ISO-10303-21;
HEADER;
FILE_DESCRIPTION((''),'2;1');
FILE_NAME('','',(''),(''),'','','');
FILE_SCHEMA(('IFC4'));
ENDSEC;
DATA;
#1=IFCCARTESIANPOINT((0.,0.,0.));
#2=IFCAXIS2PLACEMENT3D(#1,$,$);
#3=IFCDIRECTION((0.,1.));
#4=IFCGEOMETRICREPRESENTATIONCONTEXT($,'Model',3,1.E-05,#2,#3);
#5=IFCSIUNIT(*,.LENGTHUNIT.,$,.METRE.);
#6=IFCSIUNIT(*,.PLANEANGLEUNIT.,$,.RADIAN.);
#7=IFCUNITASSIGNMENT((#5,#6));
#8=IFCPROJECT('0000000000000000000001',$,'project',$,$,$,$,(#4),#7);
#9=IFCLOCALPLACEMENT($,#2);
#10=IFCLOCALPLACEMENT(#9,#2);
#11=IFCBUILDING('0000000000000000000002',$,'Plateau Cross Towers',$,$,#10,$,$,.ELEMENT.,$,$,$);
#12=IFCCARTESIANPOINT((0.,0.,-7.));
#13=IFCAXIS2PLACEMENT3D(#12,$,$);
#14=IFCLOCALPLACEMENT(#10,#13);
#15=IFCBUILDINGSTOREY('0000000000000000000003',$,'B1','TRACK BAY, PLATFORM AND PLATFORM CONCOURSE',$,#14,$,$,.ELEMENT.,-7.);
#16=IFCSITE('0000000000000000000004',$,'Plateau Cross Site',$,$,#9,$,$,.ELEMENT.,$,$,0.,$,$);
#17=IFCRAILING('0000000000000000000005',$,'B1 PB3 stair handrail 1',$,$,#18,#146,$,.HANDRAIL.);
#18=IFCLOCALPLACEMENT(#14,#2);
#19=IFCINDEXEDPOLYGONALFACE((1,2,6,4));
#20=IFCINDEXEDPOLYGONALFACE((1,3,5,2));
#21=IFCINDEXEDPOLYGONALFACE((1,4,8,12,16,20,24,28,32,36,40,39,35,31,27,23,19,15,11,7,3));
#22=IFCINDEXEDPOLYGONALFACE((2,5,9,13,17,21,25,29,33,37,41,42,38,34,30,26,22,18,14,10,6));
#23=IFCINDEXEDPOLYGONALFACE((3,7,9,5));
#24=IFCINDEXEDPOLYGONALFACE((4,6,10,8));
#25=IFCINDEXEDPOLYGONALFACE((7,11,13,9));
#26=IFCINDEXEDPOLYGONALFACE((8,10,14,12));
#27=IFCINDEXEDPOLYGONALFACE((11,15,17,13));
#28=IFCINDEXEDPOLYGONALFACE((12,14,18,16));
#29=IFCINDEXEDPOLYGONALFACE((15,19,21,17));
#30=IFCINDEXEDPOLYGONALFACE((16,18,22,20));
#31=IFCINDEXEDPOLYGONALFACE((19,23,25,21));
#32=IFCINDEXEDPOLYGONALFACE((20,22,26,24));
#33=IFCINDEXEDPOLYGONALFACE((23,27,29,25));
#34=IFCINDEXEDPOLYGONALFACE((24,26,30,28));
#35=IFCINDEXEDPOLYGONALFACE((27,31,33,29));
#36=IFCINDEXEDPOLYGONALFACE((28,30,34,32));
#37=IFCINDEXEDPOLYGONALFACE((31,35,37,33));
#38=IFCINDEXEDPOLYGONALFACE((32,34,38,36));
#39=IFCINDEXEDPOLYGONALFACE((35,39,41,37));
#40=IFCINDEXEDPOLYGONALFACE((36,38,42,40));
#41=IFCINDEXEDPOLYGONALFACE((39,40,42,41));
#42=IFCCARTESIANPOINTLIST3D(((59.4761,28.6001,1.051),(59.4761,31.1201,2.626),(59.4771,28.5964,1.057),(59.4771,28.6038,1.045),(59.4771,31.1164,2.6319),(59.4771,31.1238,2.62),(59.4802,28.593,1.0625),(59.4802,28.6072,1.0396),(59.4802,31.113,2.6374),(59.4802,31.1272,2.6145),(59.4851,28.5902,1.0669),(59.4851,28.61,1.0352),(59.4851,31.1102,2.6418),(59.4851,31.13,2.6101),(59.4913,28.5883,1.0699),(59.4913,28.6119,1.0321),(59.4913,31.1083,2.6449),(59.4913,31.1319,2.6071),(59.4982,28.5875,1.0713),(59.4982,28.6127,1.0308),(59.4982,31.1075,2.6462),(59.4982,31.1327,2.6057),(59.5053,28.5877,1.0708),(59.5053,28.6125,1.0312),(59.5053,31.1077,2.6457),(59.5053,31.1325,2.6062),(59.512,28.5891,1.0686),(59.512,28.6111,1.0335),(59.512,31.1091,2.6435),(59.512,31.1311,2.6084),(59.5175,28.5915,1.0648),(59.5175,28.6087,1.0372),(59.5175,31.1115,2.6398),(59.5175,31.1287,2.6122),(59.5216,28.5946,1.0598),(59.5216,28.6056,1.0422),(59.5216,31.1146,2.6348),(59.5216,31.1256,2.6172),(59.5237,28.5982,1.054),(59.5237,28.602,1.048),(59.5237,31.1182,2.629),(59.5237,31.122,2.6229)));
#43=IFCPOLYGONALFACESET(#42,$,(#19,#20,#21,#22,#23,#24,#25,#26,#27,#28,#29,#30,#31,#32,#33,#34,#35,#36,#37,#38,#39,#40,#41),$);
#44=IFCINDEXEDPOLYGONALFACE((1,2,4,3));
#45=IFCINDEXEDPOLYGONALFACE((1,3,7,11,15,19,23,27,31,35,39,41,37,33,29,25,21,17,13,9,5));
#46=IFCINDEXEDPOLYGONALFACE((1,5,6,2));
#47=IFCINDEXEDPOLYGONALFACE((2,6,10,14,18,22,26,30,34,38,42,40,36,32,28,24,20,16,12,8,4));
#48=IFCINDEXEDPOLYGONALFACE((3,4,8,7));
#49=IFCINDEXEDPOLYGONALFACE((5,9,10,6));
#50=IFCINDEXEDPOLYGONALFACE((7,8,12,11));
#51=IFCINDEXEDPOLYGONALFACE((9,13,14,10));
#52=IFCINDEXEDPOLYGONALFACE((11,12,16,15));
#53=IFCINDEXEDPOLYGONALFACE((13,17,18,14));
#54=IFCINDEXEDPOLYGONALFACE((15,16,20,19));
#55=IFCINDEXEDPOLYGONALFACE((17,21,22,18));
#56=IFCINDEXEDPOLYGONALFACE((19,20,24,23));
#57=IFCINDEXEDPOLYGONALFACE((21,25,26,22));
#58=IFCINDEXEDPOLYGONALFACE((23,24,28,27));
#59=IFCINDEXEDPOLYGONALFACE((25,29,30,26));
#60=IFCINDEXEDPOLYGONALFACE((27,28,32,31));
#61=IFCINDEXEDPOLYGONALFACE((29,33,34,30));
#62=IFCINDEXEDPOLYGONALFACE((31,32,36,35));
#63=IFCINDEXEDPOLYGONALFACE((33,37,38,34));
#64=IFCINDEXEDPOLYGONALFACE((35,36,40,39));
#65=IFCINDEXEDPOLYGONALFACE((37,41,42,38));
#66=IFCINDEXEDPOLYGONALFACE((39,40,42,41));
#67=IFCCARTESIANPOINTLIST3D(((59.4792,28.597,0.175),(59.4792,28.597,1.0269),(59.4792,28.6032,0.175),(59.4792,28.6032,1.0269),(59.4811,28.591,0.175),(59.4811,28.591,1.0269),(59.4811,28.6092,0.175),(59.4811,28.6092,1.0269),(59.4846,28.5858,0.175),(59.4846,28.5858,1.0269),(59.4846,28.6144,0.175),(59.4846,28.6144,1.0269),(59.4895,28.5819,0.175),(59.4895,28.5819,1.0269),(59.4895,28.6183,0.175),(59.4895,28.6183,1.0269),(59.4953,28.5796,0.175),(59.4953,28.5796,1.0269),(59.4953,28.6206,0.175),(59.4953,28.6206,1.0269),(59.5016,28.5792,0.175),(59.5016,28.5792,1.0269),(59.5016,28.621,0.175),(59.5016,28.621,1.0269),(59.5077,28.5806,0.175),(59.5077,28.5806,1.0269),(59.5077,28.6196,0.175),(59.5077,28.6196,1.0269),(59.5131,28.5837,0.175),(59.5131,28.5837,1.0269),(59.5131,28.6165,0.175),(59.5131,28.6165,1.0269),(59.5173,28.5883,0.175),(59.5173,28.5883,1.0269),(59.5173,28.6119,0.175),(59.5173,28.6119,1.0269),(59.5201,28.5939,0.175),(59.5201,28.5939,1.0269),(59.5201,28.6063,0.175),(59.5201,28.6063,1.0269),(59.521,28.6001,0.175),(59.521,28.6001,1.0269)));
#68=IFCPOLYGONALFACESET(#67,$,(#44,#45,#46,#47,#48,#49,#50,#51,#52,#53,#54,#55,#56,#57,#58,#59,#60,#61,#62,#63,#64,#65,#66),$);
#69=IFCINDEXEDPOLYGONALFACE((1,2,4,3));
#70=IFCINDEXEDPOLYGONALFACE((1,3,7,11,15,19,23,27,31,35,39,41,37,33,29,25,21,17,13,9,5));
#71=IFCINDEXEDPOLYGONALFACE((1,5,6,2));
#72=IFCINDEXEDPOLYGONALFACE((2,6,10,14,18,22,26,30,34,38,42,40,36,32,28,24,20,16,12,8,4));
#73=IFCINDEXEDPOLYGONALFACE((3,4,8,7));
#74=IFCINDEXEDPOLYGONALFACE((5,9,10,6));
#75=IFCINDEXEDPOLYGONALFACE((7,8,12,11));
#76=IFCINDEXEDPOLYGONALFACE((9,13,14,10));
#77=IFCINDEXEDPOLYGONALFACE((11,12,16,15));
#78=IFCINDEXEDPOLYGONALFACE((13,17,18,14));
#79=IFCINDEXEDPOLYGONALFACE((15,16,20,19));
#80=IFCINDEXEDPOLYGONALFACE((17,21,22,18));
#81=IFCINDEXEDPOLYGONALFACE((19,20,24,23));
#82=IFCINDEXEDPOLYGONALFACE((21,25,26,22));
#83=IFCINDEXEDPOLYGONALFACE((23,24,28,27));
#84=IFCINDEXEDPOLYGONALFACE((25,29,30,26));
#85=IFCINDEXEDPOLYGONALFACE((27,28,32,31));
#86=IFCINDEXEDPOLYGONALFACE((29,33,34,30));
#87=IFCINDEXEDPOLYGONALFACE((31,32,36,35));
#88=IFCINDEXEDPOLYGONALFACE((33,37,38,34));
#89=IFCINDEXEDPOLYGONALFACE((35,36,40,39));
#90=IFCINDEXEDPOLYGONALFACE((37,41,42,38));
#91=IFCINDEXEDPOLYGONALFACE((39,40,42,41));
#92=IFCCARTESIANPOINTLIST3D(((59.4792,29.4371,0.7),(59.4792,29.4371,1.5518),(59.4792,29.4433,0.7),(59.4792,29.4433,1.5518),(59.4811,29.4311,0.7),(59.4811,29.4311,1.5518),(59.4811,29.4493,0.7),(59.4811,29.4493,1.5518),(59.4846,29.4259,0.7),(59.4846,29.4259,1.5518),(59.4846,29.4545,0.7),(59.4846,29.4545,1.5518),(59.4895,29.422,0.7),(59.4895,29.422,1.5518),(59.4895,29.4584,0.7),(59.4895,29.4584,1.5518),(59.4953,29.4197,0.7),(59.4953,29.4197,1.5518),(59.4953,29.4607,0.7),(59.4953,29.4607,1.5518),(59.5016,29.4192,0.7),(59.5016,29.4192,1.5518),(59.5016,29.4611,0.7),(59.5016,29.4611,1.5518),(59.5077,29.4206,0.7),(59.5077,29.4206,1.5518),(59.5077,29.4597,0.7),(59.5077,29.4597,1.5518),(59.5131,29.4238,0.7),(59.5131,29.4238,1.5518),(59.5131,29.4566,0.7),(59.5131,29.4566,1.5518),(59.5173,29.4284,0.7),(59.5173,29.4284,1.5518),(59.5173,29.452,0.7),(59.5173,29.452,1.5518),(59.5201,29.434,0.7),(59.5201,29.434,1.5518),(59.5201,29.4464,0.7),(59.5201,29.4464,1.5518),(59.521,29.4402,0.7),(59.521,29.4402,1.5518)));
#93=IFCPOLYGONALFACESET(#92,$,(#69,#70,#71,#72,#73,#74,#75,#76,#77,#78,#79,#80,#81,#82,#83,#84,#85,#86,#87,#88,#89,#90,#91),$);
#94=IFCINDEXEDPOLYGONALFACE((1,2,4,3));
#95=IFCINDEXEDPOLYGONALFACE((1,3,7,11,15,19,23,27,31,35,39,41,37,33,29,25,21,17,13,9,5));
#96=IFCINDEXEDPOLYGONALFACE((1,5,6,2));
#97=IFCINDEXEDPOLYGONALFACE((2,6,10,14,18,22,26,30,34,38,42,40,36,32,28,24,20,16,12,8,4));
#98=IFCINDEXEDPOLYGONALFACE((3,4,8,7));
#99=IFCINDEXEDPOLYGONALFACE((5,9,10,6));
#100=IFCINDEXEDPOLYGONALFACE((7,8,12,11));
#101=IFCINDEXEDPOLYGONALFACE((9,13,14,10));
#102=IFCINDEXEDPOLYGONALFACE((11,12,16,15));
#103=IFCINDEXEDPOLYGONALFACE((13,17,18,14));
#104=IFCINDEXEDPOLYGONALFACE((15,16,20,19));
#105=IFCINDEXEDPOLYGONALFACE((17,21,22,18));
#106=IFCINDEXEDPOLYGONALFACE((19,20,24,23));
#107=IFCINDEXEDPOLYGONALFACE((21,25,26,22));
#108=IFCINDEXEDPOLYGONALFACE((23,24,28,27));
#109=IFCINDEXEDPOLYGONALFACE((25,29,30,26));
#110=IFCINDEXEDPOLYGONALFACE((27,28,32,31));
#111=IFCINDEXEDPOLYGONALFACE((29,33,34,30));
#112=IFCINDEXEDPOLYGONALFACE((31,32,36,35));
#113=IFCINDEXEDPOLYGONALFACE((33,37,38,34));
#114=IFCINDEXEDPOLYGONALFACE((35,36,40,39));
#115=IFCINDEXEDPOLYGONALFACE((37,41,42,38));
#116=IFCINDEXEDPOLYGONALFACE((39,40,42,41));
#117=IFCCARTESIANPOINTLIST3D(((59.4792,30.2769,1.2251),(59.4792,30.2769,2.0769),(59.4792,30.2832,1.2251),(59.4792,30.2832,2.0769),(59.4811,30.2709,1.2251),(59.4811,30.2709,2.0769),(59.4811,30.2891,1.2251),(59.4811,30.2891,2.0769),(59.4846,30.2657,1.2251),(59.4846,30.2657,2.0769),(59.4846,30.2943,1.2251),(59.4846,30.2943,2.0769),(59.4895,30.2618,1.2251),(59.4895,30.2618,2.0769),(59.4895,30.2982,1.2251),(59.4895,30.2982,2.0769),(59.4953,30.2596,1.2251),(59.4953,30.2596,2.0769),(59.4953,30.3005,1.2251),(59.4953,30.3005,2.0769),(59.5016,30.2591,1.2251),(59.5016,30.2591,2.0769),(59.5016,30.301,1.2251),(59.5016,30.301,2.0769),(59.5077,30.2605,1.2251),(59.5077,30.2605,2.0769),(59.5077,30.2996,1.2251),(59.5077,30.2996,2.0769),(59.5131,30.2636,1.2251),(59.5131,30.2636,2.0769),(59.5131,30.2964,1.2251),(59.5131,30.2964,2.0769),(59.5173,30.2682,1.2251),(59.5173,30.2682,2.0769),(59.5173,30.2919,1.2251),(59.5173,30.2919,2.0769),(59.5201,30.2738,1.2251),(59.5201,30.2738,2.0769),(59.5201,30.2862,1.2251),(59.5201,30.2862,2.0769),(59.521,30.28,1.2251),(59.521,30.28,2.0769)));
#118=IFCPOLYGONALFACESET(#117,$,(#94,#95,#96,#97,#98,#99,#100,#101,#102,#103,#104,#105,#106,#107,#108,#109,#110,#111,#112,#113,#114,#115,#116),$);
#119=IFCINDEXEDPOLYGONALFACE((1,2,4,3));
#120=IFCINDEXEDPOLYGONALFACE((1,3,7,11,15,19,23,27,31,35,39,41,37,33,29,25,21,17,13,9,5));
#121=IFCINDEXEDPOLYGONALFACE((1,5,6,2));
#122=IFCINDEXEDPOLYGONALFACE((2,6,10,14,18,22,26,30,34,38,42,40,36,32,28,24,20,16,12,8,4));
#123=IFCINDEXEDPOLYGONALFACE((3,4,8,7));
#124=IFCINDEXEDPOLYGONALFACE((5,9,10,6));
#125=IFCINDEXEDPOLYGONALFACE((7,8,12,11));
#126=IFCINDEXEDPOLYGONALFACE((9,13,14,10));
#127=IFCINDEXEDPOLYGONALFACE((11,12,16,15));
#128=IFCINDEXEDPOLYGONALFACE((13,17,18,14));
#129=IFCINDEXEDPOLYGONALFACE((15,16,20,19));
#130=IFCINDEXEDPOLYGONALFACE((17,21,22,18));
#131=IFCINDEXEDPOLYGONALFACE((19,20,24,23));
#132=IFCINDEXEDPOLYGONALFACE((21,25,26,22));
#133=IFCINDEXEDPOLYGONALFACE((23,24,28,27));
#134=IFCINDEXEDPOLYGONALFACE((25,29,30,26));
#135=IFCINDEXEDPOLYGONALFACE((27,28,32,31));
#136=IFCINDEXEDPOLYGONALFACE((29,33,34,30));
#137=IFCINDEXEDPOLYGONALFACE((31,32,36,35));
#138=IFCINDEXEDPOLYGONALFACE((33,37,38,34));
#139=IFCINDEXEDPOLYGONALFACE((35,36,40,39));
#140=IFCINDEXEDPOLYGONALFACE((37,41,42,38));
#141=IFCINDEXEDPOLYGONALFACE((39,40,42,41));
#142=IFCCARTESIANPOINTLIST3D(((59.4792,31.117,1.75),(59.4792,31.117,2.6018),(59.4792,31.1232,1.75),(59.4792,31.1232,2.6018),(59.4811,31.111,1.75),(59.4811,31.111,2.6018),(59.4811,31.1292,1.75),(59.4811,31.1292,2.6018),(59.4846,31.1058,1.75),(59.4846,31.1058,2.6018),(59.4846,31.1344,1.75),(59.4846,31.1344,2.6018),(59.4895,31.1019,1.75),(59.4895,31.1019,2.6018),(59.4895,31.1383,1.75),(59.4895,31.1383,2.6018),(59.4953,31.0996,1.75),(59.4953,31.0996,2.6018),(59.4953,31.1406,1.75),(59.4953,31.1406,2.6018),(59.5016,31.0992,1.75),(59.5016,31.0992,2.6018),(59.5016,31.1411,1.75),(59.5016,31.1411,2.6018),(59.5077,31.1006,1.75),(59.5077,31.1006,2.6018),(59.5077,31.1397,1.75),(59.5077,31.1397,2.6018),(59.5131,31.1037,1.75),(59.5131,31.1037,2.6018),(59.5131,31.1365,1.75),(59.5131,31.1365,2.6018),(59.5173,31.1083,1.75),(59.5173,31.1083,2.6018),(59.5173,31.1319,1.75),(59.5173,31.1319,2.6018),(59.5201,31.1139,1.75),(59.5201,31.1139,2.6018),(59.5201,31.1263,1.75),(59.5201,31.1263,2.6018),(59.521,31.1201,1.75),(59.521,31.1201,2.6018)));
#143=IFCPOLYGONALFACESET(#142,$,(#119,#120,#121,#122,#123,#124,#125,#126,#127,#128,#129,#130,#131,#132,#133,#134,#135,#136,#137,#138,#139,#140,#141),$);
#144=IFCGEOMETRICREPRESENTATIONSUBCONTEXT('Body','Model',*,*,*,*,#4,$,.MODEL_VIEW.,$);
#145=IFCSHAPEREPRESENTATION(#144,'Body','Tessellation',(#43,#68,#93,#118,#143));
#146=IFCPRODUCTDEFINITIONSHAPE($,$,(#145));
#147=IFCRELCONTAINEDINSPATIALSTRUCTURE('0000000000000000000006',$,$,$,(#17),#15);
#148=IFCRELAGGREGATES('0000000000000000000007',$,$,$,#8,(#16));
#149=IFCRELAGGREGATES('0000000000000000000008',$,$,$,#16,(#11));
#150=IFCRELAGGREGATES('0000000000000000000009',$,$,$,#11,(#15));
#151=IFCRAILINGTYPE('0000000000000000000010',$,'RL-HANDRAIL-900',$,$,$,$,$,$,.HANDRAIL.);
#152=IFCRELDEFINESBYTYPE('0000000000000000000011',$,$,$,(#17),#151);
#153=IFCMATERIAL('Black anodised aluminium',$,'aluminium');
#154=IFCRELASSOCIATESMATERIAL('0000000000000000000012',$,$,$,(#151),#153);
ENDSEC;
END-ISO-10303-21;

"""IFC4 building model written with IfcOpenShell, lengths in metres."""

from ifc_helpers import new_model, si_unit, direction, frame, origin, origin_2d, place, context, subcontext, project, spatial, circle, extrude, material, type_object, element, save


model = new_model("IFC4")

# Units and contexts
model_context = context("Model", 3, precision=1e-05, world=origin(), true_north=direction((0.0, 1.0)))
body_context = subcontext(model_context, "Body", "Model", "MODEL_VIEW")
ifc_project = project(units=[si_unit("LENGTHUNIT", "METRE"), si_unit("PLANEANGLEUNIT", "RADIAN")], contexts=[model_context])

# Site, building, storey
site_placement = place(None, origin())
site = spatial("IfcSite", under=ifc_project, at=site_placement, Name="Plateau Cross Site", CompositionType="ELEMENT", RefElevation=0.0)
building_placement = place(site_placement, origin())
building = spatial("IfcBuilding", under=site, at=building_placement, Name="Plateau Cross Towers", CompositionType="ELEMENT")
storey_placement = place(building_placement, frame((0.0, 0.0, -7.0)))
storey = spatial("IfcBuildingStorey", under=building, at=storey_placement, Name="B1", Description="TRACK BAY, PLATFORM AND PLATFORM CONCOURSE", CompositionType="ELEMENT", Elevation=-7.0)

# Railing
ifc_material_1 = material(Name="Black anodised aluminium", Category="aluminium")
railing_type_1 = type_object("IfcRailingType", Name="RL-HANDRAIL-900", PredefinedType="HANDRAIL", material=ifc_material_1)
railing_1_placement = place(storey_placement, frame((59.5, 28.6001, 0.175)))
element("IfcRailing", 1, at=railing_1_placement, inside=storey, type_object=railing_type_1, Name="B1 PB3 stair handrail 1", PredefinedType="HANDRAIL", context=body_context, shape_type="SweptSolid", body=[
    extrude(circle(Radius=0.0239, at=origin_2d()), frame((0.0, 0.0, 0.876), z_axis=(0.0, 0.848008, 0.529984), x_axis=(-1.0, 0.0, 0.0)), (0.0, 0.0, 1.0), 2.9717),
    extrude(circle(Radius=0.021, at=origin_2d()), origin(), (0.0, 0.0, 1.0), 0.8518),
    extrude(circle(Radius=0.021, at=origin_2d()), frame((0.0, 0.8401, 0.5249)), (0.0, 0.0, 1.0), 0.8518),
    extrude(circle(Radius=0.021, at=origin_2d()), frame((0.0, 1.6799, 1.05)), (0.0, 0.0, 1.0), 0.8518),
    extrude(circle(Radius=0.021, at=origin_2d()), frame((0.0, 2.52, 1.575)), (0.0, 0.0, 1.0), 0.8518),
])

save(model, "model.ifc")
